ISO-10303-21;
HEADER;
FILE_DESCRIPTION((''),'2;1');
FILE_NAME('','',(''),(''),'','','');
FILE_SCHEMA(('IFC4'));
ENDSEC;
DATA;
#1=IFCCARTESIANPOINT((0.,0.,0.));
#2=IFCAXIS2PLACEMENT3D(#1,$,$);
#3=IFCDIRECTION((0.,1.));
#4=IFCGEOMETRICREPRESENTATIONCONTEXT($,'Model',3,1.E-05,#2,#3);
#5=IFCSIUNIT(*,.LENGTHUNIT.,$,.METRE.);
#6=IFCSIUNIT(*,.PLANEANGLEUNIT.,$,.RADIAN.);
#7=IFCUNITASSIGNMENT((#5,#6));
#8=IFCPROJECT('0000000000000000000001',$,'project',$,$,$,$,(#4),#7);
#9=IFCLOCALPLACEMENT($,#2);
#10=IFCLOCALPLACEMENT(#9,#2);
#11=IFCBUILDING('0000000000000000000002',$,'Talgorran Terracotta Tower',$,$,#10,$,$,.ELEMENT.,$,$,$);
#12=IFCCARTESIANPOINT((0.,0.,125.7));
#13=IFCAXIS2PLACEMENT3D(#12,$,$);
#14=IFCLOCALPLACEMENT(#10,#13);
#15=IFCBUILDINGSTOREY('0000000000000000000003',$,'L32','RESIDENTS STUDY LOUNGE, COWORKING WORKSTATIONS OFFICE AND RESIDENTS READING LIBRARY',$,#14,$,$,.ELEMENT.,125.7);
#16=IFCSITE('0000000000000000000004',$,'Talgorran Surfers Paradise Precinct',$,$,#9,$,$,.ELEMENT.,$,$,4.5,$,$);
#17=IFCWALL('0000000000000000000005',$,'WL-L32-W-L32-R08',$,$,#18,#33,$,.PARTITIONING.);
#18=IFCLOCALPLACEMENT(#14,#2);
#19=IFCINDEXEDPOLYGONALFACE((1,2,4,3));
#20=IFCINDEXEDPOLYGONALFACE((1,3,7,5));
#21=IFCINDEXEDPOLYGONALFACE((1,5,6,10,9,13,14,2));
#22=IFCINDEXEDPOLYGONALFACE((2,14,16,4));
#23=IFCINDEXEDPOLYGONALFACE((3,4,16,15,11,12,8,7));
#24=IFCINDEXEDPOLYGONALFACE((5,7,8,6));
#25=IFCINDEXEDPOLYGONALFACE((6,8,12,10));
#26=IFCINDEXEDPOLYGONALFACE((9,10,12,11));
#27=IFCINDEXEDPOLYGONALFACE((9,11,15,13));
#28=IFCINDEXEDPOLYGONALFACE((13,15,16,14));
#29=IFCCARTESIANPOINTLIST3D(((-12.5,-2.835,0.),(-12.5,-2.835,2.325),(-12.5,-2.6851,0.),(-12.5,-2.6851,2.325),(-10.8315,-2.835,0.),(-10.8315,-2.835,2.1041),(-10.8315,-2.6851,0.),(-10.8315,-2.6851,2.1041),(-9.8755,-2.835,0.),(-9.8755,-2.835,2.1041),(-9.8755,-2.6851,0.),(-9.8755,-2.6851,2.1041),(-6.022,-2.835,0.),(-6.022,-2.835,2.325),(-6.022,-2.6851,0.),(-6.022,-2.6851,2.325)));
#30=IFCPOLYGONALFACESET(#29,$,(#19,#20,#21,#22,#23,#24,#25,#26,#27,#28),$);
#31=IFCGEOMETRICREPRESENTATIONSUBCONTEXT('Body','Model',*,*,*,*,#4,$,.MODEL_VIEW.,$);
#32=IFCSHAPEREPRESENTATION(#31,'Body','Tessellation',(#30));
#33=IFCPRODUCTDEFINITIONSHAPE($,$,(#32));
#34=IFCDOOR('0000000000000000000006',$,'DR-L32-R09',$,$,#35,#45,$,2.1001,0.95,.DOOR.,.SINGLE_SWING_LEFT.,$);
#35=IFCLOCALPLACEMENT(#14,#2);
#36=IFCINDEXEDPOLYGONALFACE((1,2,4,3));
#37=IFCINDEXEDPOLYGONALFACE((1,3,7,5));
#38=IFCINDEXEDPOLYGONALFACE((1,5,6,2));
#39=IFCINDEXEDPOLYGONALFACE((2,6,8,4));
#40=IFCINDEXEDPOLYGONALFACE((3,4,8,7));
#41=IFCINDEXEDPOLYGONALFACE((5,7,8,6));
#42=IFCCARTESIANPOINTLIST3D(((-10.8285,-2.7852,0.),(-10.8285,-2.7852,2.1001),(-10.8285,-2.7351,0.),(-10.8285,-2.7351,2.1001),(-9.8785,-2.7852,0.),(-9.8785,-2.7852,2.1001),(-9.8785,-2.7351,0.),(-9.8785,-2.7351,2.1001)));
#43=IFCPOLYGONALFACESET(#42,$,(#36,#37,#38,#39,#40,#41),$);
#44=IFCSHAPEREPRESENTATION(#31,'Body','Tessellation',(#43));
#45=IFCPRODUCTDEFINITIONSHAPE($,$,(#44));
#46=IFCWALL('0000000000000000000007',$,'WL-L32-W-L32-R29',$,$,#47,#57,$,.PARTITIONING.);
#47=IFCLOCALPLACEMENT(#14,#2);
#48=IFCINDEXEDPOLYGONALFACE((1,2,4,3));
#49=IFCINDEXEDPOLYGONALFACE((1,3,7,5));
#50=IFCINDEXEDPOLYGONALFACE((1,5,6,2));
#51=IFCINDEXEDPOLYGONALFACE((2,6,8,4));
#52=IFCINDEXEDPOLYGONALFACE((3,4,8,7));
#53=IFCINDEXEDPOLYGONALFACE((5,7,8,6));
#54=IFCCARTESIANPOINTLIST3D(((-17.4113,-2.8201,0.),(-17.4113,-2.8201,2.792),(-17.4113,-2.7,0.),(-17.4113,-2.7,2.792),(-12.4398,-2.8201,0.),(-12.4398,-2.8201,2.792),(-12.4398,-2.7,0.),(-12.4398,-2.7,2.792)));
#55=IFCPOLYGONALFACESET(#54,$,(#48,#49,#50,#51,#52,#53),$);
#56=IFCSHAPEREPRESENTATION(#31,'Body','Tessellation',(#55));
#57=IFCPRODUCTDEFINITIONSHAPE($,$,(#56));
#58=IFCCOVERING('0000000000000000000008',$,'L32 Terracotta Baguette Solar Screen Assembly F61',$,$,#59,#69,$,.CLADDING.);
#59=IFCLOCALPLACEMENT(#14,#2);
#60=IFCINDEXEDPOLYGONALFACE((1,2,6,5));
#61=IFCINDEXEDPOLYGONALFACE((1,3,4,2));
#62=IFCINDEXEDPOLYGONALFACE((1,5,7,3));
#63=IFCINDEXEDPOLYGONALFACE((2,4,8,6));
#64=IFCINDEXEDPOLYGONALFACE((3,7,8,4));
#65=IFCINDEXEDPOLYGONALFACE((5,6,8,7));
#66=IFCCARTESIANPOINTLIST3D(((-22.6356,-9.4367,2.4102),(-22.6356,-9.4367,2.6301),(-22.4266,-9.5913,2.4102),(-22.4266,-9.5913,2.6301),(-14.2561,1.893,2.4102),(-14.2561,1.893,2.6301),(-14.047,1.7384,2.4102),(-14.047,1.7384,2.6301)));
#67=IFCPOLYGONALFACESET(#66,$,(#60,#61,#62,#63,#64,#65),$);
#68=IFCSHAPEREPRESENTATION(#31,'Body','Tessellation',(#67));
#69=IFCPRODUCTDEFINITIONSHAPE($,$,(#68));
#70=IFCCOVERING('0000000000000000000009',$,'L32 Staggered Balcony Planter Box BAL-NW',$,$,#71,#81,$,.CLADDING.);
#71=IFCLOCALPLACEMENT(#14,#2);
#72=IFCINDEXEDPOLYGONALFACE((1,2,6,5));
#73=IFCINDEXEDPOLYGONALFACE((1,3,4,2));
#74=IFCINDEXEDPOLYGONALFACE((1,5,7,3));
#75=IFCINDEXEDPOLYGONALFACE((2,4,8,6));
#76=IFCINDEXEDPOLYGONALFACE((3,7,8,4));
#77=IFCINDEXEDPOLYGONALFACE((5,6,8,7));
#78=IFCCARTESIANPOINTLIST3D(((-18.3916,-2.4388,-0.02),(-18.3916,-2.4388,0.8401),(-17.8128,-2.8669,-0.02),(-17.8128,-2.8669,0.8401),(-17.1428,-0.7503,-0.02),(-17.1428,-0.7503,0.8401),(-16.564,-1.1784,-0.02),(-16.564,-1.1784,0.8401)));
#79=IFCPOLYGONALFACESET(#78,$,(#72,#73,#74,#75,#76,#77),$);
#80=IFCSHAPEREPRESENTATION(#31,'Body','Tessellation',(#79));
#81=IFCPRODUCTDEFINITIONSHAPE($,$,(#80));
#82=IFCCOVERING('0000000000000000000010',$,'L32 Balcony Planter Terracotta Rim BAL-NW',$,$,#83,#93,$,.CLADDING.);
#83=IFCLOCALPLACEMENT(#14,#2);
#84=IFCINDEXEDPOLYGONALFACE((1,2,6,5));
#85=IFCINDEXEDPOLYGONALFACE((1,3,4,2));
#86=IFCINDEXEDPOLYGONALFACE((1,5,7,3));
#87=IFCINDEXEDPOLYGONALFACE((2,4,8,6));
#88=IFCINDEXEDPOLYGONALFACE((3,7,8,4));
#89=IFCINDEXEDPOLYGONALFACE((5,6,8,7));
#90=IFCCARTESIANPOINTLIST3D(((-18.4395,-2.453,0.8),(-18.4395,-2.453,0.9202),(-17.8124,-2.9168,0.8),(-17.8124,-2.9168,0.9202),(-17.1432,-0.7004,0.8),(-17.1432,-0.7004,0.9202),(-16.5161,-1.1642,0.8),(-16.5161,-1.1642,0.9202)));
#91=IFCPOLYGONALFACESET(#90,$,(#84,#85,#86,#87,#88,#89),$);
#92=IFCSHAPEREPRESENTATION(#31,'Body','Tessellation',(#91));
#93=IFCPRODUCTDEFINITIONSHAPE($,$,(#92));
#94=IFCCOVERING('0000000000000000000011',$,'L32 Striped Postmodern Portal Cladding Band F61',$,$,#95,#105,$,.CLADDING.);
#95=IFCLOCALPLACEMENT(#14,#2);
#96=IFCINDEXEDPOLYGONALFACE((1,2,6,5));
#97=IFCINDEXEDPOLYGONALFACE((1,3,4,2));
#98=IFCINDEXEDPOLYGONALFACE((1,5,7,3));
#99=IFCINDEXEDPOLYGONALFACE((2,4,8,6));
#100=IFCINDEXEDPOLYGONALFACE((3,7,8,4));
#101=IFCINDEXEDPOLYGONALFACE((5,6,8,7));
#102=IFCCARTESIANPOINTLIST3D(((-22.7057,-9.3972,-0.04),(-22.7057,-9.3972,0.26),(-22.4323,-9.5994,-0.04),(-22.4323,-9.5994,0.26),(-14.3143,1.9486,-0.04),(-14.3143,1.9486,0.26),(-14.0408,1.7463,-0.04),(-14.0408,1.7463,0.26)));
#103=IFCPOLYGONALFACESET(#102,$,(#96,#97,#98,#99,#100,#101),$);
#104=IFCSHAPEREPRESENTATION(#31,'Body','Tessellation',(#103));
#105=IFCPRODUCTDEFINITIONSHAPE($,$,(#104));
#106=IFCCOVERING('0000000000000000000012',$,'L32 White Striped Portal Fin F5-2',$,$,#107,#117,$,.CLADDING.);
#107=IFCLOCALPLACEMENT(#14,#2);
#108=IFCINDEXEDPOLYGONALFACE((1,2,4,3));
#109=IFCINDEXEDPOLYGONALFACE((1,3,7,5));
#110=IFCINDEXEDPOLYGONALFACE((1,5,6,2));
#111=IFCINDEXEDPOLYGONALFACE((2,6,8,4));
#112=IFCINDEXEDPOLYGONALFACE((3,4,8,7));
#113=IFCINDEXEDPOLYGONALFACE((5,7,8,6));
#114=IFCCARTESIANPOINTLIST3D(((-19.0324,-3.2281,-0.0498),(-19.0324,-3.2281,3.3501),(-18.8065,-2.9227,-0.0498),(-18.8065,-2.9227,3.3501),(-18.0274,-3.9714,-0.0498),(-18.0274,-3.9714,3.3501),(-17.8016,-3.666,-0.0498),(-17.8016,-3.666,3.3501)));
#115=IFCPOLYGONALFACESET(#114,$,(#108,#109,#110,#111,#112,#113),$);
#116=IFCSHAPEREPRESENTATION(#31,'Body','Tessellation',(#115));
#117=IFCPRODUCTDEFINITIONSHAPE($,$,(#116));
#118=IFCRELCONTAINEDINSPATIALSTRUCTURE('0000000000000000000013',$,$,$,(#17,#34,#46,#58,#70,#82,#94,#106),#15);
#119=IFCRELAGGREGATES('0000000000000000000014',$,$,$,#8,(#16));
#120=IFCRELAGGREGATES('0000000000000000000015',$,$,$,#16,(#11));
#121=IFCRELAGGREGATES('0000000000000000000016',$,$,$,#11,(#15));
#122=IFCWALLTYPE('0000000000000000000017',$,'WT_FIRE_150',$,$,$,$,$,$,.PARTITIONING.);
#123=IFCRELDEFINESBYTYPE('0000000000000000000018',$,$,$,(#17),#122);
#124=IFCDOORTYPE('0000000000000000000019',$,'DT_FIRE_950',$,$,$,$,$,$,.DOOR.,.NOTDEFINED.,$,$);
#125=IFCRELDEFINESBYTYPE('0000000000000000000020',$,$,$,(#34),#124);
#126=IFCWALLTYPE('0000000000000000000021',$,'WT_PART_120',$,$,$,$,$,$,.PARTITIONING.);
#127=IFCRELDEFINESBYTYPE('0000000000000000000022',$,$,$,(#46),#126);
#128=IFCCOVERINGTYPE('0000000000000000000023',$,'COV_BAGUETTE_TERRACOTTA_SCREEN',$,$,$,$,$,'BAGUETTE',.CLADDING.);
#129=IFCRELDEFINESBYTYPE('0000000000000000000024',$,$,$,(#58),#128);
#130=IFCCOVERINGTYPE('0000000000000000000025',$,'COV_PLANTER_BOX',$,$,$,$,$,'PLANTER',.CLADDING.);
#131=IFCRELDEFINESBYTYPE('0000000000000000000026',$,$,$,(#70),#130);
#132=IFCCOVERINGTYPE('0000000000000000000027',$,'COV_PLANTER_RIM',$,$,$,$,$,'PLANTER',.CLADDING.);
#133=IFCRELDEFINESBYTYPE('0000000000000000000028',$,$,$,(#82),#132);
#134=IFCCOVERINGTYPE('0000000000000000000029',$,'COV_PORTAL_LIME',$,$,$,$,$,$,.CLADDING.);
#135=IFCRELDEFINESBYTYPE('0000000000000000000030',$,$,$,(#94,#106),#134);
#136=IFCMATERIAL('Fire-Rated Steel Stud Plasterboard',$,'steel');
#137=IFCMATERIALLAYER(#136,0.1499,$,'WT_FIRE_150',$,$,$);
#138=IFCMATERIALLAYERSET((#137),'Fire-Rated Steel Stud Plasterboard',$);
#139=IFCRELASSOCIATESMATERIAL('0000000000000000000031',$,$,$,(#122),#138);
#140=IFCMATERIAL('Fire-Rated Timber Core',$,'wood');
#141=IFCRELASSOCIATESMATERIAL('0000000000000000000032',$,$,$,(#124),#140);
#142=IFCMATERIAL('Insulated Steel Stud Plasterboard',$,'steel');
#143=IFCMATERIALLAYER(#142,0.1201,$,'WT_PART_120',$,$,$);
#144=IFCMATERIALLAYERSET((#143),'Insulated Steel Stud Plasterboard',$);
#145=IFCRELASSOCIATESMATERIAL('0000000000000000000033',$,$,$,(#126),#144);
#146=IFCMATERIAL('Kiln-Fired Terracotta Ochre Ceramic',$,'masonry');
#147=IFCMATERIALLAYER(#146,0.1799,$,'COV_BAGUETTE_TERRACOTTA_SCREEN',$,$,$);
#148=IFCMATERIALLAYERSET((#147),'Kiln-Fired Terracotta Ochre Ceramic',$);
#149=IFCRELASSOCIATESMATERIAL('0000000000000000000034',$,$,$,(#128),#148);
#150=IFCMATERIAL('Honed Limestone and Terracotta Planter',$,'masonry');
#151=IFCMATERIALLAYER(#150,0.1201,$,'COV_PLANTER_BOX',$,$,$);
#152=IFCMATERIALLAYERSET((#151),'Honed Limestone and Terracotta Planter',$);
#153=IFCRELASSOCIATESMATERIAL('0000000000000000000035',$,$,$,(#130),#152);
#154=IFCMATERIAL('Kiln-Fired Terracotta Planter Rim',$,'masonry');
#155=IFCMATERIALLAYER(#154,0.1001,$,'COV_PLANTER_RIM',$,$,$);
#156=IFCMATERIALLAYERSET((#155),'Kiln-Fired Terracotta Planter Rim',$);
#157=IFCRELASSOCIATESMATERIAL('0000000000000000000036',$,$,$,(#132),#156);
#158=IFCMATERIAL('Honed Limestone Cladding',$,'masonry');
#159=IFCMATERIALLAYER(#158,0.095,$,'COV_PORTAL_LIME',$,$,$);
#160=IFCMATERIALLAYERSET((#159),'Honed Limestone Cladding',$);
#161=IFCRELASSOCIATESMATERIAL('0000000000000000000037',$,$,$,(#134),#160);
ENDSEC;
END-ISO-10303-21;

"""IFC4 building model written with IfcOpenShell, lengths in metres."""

from ifc_helpers import new_model, si_unit, direction, frame, frame_2d, origin, origin_2d, place, context, subcontext, project, spatial, rectangle, extrude, material, layer, layer_set, type_object, element, fill, save


model = new_model("IFC4")

# Units and contexts
model_context = context("Model", 3, precision=1e-05, world=origin(), true_north=direction((0.0, 1.0)))
body_context = subcontext(model_context, "Body", "Model", "MODEL_VIEW")
ifc_project = project(units=[si_unit("LENGTHUNIT", "METRE"), si_unit("PLANEANGLEUNIT", "RADIAN")], contexts=[model_context])

# Site, building, storey
site_placement = place(None, origin())
site = spatial("IfcSite", under=ifc_project, at=site_placement, Name="Talgorran Surfers Paradise Precinct", CompositionType="ELEMENT", RefElevation=4.5)
building_placement = place(site_placement, origin())
building = spatial("IfcBuilding", under=site, at=building_placement, Name="Talgorran Terracotta Tower", CompositionType="ELEMENT")
storey_placement = place(building_placement, frame((0.0, 0.0, 125.7)))
storey = spatial("IfcBuildingStorey", under=building, at=storey_placement, Name="L32", Description="RESIDENTS STUDY LOUNGE, COWORKING WORKSTATIONS OFFICE AND RESIDENTS READING LIBRARY", CompositionType="ELEMENT", Elevation=125.7)

# Wall, opening, door
ifc_material_1 = material(Name="Fire-Rated Steel Stud Plasterboard", Category="steel")
ifc_layer_1 = layer(ifc_material_1, 0.1499, Name="WT_FIRE_150")
ifc_layer_set_1 = layer_set([ifc_layer_1], Name="Fire-Rated Steel Stud Plasterboard")
wall_type_1 = type_object("IfcWallType", Name="WT_FIRE_150", PredefinedType="PARTITIONING", material=ifc_layer_set_1)
wall_1_placement = place(storey_placement, frame((-12.5, -2.76, 0.0), z_axis=(0.0, 0.0, 1.0), x_axis=(1.0, 0.0, 0.0)))
wall_1 = element("IfcWall", 1, at=wall_1_placement, inside=storey, type_object=wall_type_1, Name="WL-L32-W-L32-R08", PredefinedType="PARTITIONING", context=body_context, shape_type="SweptSolid", body=[
    extrude(rectangle(XDim=6.478, YDim=0.1499, at=frame_2d((3.239, 0.0))), origin(), (0.0, 0.0, 1.0), 2.325),
])
opening_1_placement = place(wall_1_placement, frame((1.6714, 0.0, 0.0)))
opening_1 = element("IfcOpeningElement", 2, at=opening_1_placement, cuts=wall_1, PredefinedType="OPENING", context=body_context, shape_type="SweptSolid", body=[
    extrude(rectangle(XDim=0.956, YDim=2.1041, at=frame_2d((0.4751, 1.052))), frame((0.0, 0.085, 0.0), z_axis=(0.0, -1.0, 0.0), x_axis=(1.0, 0.0, 0.0)), (0.0, 0.0, 1.0), 0.1699),
])
ifc_material_2 = material(Name="Fire-Rated Timber Core", Category="wood")
door_type_1 = type_object("IfcDoorType", Name="DT_FIRE_950", OperationType="NOTDEFINED", PredefinedType="DOOR", material=ifc_material_2)
door_1_placement = place(opening_1_placement, origin())
door_1 = element("IfcDoor", 3, at=door_1_placement, inside=storey, type_object=door_type_1, Name="DR-L32-R09", OperationType="SINGLE_SWING_LEFT", OverallHeight=2.1001, OverallWidth=0.95, PredefinedType="DOOR", context=body_context, shape_type="SweptSolid", body=[
    extrude(rectangle(XDim=0.95, YDim=2.1001, at=frame_2d((0.4751, 1.05))), frame((0.0, 0.0249, 0.0), z_axis=(0.0, -1.0, 0.0), x_axis=(1.0, 0.0, 0.0)), (0.0, 0.0, 1.0), 0.05),
])
fill(opening_1, door_1)

# Wall
ifc_material_3 = material(Name="Insulated Steel Stud Plasterboard", Category="steel")
ifc_layer_2 = layer(ifc_material_3, 0.1201, Name="WT_PART_120")
ifc_layer_set_2 = layer_set([ifc_layer_2], Name="Insulated Steel Stud Plasterboard")
wall_type_2 = type_object("IfcWallType", Name="WT_PART_120", PredefinedType="PARTITIONING", material=ifc_layer_set_2)
wall_2_placement = place(storey_placement, frame((-17.4114, -2.76, 0.0), z_axis=(0.0, 0.0, 1.0), x_axis=(1.0, 0.0, 0.0)))
element("IfcWall", 4, at=wall_2_placement, inside=storey, type_object=wall_type_2, Name="WL-L32-W-L32-R29", PredefinedType="PARTITIONING", context=body_context, shape_type="SweptSolid", body=[
    extrude(rectangle(XDim=4.9714, YDim=0.1201, at=frame_2d((2.4858, 0.0))), origin(), (0.0, 0.0, 1.0), 2.792),
])

# Coverings
ifc_material_4 = material(Name="Kiln-Fired Terracotta Ochre Ceramic", Category="masonry")
ifc_layer_3 = layer(ifc_material_4, 0.1799, Name="COV_BAGUETTE_TERRACOTTA_SCREEN")
ifc_layer_set_3 = layer_set([ifc_layer_3], Name="Kiln-Fired Terracotta Ochre Ceramic")
covering_type_1 = type_object("IfcCoveringType", Name="COV_BAGUETTE_TERRACOTTA_SCREEN", ElementType="BAGUETTE", PredefinedType="CLADDING", material=ifc_layer_set_3)
covering_1_placement = place(storey_placement, frame((-18.3413, -3.8491, 2.4102), z_axis=(0.0, 0.0, 1.0), x_axis=(-0.59464, -0.803992, 0.0)))
element("IfcCovering", 5, at=covering_1_placement, inside=storey, type_object=covering_type_1, Name="L32 Terracotta Baguette Solar Screen Assembly F61", PredefinedType="CLADDING", context=body_context, shape_type="SweptSolid", body=[
    extrude(rectangle(XDim=14.0918, YDim=0.26, at=origin_2d()), origin(), (0.0, 0.0, 1.0), 0.22),
])
ifc_material_5 = material(Name="Honed Limestone and Terracotta Planter", Category="masonry")
ifc_layer_4 = layer(ifc_material_5, 0.1201, Name="COV_PLANTER_BOX")
ifc_layer_set_4 = layer_set([ifc_layer_4], Name="Honed Limestone and Terracotta Planter")
covering_type_2 = type_object("IfcCoveringType", Name="COV_PLANTER_BOX", ElementType="PLANTER", PredefinedType="CLADDING", material=ifc_layer_set_4)
covering_2_placement = place(storey_placement, frame((-17.4778, -1.8086, -0.02), z_axis=(0.0, 0.0, 1.0), x_axis=(-0.59464, -0.803992, 0.0)))
element("IfcCovering", 6, at=covering_2_placement, inside=storey, type_object=covering_type_2, Name="L32 Staggered Balcony Planter Box BAL-NW", PredefinedType="CLADDING", context=body_context, shape_type="SweptSolid", body=[
    extrude(rectangle(XDim=2.1001, YDim=0.72, at=origin_2d()), origin(), (0.0, 0.0, 1.0), 0.8601),
])
ifc_material_6 = material(Name="Kiln-Fired Terracotta Planter Rim", Category="masonry")
ifc_layer_5 = layer(ifc_material_6, 0.1001, Name="COV_PLANTER_RIM")
ifc_layer_set_5 = layer_set([ifc_layer_5], Name="Kiln-Fired Terracotta Planter Rim")
covering_type_3 = type_object("IfcCoveringType", Name="COV_PLANTER_RIM", ElementType="PLANTER", PredefinedType="CLADDING", material=ifc_layer_set_5)
covering_3_placement = place(storey_placement, frame((-17.4778, -1.8086, 0.8), z_axis=(0.0, 0.0, 1.0), x_axis=(-0.59464, -0.803992, 0.0)))
element("IfcCovering", 7, at=covering_3_placement, inside=storey, type_object=covering_type_3, Name="L32 Balcony Planter Terracotta Rim BAL-NW", PredefinedType="CLADDING", context=body_context, shape_type="SweptSolid", body=[
    extrude(rectangle(XDim=2.1799, YDim=0.78, at=origin_2d()), origin(), (0.0, 0.0, 1.0), 0.1201),
])
ifc_material_7 = material(Name="Honed Limestone Cladding", Category="masonry")
ifc_layer_6 = layer(ifc_material_7, 0.095, Name="COV_PORTAL_LIME")
ifc_layer_set_6 = layer_set([ifc_layer_6], Name="Honed Limestone Cladding")
covering_type_4 = type_object("IfcCoveringType", Name="COV_PORTAL_LIME", PredefinedType="CLADDING", material=ifc_layer_set_6)
covering_4_placement = place(storey_placement, frame((-18.3733, -3.8254, -0.04), z_axis=(0.0, 0.0, 1.0), x_axis=(-0.59464, -0.803992, 0.0)))
element("IfcCovering", 8, at=covering_4_placement, inside=storey, type_object=covering_type_4, Name="L32 Striped Postmodern Portal Cladding Band F61", PredefinedType="CLADDING", context=body_context, shape_type="SweptSolid", body=[
    extrude(rectangle(XDim=14.1118, YDim=0.3401, at=origin_2d()), origin(), (0.0, 0.0, 1.0), 0.3),
])
covering_5_placement = place(storey_placement, frame((-18.417, -3.447, -0.0498), z_axis=(0.0, 0.0, 1.0), x_axis=(-0.59464, -0.803992, 0.0)))
element("IfcCovering", 9, at=covering_5_placement, inside=storey, type_object=covering_type_4, Name="L32 White Striped Portal Fin F5-2", PredefinedType="CLADDING", context=body_context, shape_type="SweptSolid", body=[
    extrude(rectangle(XDim=0.3799, YDim=1.25, at=origin_2d()), origin(), (0.0, 0.0, 1.0), 3.3999),
])

save(model, "model.ifc")
